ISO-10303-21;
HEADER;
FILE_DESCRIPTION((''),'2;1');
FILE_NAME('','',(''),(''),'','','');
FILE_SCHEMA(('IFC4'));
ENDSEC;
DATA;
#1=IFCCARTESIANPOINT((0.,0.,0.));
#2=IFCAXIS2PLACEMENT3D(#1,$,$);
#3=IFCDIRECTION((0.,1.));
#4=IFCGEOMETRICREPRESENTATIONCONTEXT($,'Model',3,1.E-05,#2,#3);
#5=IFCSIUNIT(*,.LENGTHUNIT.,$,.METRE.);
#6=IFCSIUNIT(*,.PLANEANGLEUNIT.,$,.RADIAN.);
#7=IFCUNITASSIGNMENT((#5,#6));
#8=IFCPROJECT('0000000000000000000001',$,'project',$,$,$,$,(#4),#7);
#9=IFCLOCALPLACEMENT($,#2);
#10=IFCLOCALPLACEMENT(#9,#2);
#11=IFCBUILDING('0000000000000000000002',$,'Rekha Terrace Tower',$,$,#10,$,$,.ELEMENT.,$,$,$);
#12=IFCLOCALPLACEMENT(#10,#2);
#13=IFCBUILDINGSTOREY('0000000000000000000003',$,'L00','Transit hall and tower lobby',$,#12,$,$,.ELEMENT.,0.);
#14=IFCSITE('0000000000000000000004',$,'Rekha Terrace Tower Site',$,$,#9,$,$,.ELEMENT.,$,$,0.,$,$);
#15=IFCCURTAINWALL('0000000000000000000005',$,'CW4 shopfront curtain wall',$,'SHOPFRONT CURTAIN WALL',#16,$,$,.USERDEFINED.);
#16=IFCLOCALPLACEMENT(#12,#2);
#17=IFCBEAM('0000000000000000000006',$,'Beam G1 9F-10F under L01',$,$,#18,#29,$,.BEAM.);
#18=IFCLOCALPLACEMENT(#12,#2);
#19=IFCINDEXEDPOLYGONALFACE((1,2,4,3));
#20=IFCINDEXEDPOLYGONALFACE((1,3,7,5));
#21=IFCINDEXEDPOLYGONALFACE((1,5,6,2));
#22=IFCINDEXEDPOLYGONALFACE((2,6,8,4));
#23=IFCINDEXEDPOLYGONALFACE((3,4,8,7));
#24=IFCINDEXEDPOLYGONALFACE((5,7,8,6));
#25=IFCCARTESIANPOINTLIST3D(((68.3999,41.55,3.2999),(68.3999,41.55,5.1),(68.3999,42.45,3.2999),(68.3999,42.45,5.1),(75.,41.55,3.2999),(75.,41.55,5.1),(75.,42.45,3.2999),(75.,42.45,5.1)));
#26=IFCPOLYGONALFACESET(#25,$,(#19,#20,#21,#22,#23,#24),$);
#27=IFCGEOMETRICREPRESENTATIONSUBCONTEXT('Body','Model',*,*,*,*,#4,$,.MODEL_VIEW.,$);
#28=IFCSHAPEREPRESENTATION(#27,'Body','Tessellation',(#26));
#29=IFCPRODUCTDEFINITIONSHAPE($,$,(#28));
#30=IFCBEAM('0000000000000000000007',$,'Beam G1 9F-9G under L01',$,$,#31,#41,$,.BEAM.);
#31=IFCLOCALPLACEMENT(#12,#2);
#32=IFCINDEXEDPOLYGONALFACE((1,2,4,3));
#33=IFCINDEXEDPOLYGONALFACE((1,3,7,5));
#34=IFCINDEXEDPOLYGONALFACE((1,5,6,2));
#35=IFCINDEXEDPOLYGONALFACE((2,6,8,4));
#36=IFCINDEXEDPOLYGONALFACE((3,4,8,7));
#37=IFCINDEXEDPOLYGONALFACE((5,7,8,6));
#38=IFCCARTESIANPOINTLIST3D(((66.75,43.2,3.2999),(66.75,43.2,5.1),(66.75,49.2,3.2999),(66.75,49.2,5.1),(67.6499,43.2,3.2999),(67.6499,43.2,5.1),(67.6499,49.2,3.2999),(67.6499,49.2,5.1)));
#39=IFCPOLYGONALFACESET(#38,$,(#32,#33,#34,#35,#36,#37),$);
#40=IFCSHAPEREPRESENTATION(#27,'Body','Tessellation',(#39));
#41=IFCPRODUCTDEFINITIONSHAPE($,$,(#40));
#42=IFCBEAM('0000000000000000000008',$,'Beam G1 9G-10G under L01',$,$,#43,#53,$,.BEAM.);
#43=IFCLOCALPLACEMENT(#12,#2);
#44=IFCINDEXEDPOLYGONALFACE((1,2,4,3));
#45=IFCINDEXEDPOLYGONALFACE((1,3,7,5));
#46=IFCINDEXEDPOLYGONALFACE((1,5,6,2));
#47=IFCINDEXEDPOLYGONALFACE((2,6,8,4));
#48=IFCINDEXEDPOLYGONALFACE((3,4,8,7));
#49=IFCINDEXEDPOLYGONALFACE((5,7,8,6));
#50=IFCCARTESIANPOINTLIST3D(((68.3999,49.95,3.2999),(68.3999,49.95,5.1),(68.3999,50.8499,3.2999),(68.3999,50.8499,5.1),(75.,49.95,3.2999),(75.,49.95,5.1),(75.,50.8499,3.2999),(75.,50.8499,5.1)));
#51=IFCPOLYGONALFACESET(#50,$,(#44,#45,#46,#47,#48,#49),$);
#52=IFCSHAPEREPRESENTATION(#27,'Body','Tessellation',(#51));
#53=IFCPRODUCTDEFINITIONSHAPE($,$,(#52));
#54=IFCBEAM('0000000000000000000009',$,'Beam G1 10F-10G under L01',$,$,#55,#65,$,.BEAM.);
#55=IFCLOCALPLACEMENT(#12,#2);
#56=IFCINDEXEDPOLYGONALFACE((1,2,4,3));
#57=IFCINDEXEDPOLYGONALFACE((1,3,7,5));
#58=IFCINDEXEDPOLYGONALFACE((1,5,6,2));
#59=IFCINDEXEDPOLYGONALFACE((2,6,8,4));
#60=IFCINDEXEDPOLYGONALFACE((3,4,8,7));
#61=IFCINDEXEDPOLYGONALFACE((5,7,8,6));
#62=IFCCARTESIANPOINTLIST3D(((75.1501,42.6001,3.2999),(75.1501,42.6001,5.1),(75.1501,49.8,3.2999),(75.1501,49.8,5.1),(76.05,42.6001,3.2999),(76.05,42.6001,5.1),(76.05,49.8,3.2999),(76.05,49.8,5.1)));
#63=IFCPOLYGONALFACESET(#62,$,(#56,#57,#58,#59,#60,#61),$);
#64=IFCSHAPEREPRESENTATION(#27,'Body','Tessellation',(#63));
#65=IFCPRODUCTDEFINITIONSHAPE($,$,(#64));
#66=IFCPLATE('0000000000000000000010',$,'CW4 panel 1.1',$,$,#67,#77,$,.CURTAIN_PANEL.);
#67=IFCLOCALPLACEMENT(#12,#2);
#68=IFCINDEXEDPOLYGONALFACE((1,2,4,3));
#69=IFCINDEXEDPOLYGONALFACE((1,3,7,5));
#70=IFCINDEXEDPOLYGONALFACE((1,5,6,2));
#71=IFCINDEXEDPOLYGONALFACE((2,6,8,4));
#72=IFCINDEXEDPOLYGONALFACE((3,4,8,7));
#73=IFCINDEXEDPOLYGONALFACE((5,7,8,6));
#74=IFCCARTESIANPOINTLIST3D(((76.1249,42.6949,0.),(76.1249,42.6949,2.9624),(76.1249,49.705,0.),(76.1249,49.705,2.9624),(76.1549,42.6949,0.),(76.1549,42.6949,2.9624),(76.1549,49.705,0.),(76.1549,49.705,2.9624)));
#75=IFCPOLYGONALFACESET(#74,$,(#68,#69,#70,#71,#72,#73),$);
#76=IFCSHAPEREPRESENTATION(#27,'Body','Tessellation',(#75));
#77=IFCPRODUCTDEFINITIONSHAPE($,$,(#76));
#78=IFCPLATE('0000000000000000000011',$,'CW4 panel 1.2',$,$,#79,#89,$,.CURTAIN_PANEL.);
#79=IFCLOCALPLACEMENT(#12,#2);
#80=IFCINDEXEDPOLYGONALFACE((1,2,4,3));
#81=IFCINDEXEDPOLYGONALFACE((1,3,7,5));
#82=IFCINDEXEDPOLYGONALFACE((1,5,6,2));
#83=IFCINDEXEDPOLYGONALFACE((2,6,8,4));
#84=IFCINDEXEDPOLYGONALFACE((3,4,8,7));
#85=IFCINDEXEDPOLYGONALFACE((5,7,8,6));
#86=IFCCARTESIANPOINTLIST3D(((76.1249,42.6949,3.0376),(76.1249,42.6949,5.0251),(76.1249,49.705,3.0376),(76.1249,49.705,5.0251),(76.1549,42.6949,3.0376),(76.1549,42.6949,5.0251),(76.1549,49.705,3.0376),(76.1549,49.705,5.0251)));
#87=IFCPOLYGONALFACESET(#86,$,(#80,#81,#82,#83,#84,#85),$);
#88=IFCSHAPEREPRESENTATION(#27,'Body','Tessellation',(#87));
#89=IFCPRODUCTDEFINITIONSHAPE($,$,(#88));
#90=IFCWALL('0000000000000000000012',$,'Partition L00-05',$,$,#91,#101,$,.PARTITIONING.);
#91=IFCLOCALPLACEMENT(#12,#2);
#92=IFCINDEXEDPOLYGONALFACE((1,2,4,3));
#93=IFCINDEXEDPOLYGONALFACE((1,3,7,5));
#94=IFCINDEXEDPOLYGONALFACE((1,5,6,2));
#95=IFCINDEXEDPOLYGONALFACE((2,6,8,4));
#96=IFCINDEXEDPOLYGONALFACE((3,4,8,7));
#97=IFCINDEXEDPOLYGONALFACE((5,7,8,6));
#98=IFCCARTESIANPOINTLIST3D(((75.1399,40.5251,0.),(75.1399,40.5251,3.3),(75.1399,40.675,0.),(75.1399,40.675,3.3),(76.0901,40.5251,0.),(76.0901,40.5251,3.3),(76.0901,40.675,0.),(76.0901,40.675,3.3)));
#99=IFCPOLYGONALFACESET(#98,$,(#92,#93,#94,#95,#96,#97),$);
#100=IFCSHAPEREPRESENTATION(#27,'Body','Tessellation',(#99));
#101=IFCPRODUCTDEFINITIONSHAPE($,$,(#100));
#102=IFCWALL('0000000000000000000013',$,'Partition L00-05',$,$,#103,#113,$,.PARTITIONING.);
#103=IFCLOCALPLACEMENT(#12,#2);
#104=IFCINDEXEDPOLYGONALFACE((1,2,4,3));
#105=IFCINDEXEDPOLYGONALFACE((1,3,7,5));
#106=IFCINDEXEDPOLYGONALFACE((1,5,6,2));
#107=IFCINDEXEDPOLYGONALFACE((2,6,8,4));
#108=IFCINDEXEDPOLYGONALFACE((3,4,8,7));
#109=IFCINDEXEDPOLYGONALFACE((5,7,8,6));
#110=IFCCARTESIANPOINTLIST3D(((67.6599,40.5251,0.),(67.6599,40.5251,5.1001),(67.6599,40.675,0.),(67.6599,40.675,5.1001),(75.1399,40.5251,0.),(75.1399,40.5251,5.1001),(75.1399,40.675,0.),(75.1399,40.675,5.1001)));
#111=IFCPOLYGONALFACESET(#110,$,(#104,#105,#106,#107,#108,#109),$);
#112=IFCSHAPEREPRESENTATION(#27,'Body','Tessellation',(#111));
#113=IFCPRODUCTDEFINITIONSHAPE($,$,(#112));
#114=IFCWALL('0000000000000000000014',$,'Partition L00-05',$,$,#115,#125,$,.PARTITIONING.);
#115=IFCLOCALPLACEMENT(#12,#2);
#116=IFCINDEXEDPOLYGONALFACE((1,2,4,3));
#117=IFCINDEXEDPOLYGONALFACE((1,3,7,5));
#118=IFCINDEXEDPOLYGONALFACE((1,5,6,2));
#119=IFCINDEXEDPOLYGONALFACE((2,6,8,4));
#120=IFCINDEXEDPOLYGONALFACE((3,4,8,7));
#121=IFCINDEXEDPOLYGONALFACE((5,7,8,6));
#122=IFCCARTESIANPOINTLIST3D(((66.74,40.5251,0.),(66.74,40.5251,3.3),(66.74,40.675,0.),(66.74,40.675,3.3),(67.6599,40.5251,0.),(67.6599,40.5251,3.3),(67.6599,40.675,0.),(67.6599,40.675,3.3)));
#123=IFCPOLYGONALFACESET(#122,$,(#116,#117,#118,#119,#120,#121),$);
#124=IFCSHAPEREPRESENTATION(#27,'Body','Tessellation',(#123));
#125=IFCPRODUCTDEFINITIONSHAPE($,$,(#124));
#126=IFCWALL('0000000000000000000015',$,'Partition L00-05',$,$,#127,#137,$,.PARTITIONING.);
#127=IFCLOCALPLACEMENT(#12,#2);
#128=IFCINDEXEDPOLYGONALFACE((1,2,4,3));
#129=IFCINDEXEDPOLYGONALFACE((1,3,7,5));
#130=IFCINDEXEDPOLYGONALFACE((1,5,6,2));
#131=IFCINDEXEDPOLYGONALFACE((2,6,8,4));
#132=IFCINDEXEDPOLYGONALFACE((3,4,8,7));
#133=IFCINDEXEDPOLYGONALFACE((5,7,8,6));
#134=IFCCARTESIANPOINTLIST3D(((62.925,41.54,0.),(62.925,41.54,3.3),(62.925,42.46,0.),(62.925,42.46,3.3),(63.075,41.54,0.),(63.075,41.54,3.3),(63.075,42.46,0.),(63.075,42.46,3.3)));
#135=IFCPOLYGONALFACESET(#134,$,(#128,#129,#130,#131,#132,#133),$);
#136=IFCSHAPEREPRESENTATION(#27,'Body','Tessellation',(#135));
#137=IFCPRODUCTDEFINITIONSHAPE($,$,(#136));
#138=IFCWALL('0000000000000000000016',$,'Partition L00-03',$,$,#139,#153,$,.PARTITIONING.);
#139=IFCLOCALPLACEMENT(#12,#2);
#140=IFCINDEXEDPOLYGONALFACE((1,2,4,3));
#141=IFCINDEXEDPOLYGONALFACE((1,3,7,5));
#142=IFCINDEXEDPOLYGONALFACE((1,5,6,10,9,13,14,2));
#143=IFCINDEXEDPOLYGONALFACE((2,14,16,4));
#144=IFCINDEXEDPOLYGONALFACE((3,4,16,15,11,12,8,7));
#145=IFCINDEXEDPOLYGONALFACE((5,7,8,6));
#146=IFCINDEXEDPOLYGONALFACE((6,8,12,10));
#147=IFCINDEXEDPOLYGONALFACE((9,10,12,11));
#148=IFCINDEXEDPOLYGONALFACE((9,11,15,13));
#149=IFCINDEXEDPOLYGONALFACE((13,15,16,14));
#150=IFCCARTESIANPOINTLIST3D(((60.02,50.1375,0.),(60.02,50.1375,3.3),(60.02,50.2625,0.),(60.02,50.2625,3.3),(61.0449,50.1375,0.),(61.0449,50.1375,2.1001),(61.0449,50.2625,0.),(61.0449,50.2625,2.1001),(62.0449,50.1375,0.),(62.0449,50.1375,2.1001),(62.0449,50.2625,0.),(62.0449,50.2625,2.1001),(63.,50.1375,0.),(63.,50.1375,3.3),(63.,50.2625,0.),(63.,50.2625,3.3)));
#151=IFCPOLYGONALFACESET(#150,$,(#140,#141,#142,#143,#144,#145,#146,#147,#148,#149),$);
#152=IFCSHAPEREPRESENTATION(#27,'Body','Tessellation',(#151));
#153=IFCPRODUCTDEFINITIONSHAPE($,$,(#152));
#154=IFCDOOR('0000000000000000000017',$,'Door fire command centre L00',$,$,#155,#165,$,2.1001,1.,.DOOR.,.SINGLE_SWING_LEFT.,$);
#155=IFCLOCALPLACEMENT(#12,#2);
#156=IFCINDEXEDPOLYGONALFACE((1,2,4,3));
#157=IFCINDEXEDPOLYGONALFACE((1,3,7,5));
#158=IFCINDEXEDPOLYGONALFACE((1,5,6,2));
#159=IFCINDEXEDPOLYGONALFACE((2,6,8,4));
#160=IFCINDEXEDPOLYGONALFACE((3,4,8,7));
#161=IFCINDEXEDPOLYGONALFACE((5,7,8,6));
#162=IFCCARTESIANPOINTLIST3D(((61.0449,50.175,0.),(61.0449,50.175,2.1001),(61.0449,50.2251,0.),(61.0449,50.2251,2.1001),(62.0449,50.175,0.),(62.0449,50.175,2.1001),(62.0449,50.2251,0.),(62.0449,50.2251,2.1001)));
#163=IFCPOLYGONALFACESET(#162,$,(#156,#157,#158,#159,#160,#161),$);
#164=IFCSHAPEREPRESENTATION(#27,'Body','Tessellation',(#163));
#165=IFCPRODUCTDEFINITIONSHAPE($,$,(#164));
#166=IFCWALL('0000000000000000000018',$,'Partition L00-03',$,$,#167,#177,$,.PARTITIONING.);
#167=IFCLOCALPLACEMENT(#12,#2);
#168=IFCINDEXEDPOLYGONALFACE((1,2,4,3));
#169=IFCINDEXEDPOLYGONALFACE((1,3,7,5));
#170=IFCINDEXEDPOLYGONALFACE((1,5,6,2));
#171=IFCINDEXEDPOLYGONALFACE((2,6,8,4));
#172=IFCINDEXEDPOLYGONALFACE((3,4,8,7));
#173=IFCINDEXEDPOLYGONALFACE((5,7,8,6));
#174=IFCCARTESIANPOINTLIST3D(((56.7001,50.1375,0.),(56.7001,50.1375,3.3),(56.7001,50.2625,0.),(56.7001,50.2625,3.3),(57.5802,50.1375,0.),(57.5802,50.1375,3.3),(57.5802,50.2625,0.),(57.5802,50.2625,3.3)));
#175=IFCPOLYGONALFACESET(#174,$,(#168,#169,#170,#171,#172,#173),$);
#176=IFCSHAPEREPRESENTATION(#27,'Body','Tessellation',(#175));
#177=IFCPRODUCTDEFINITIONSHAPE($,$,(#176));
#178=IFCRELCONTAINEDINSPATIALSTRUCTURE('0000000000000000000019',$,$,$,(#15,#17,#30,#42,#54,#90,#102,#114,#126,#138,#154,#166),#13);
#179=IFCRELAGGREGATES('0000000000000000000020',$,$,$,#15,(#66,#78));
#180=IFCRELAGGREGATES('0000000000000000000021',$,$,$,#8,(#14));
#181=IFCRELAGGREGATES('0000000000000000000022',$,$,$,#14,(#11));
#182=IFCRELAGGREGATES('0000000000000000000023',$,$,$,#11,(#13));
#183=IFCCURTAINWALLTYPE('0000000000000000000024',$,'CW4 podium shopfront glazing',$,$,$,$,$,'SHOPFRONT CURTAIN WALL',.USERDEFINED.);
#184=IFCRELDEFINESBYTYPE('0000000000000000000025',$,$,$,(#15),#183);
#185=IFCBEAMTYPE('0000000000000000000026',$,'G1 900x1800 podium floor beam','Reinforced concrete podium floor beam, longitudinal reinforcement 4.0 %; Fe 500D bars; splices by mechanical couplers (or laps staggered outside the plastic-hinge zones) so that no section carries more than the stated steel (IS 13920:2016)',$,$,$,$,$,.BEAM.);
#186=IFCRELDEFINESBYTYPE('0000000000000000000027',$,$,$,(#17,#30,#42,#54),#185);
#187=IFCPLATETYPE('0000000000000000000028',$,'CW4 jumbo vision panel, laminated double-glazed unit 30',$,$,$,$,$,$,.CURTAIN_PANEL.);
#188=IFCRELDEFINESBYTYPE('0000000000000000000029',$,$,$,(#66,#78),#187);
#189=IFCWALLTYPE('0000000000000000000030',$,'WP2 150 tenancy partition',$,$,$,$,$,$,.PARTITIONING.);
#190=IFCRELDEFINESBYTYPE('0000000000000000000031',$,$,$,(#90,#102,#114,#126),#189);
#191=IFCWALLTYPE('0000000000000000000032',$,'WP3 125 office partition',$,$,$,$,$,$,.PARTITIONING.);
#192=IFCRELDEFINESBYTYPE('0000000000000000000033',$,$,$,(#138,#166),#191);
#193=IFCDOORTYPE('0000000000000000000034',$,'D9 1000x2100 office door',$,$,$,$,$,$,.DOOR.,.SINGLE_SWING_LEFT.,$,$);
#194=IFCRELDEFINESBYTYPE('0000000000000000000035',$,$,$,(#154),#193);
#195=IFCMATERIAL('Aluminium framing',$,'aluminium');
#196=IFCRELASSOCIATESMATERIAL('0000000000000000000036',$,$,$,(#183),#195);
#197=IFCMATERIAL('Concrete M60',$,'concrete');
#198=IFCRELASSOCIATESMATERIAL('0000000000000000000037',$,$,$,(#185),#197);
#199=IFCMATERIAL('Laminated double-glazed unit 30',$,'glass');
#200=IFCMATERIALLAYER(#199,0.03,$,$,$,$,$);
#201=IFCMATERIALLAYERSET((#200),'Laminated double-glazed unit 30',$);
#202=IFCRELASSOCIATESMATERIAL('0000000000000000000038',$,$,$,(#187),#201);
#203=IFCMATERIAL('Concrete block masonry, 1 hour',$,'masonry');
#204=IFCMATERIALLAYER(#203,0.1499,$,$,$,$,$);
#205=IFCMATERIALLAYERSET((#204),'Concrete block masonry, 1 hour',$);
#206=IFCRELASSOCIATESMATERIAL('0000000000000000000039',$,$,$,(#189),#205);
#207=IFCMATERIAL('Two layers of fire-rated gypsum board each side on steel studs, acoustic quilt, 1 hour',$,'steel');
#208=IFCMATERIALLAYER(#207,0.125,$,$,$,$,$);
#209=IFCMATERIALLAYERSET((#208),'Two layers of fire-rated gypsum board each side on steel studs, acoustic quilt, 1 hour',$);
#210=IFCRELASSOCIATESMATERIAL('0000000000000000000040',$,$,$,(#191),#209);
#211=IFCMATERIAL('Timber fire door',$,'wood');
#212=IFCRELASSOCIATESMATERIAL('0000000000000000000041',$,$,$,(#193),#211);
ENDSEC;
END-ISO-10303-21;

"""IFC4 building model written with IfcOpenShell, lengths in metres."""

from ifc_helpers import new_model, si_unit, direction, frame, frame_2d, origin, origin_2d, place, context, subcontext, project, spatial, rectangle, extrude, material, layer, layer_set, material_profile, profile_set, type_object, element, fill, aggregate, save


model = new_model("IFC4")

# Units and contexts
model_context = context("Model", 3, precision=1e-05, world=origin(), true_north=direction((0.0, 1.0)))
body_context = subcontext(model_context, "Body", "Model", "MODEL_VIEW")
ifc_project = project(units=[si_unit("LENGTHUNIT", "METRE"), si_unit("PLANEANGLEUNIT", "RADIAN")], contexts=[model_context])

# Site, building, storey
site_placement = place(None, origin())
site = spatial("IfcSite", under=ifc_project, at=site_placement, Name="Rekha Terrace Tower Site", CompositionType="ELEMENT", RefElevation=0.0)
building_placement = place(site_placement, origin())
building = spatial("IfcBuilding", under=site, at=building_placement, Name="Rekha Terrace Tower", CompositionType="ELEMENT")
storey_placement = place(building_placement, origin())
storey = spatial("IfcBuildingStorey", under=building, at=storey_placement, Name="L00", Description="Transit hall and tower lobby", CompositionType="ELEMENT", Elevation=0.0)

# Shared definitions
ifc_material_1 = material(Name="Concrete M60", Category="concrete")

# Shared definitions
ifc_material_2 = material(Name="Aluminium framing", Category="aluminium")
curtain_wall_type = type_object("IfcCurtainWallType", Name="CW4 podium shopfront glazing", ElementType="SHOPFRONT CURTAIN WALL", PredefinedType="USERDEFINED", material=ifc_material_2)

# Curtain wall
curtain_wall_1_placement = place(storey_placement, origin())
curtain_wall_1 = element("IfcCurtainWall", 1, at=curtain_wall_1_placement, inside=storey, type_object=curtain_wall_type, Name="CW4 shopfront curtain wall", ObjectType="SHOPFRONT CURTAIN WALL", PredefinedType="USERDEFINED")

# Beams
ifc_material_profile_1 = material_profile(ifc_material_1, rectangle(XDim=0.8999, YDim=1.8, at=origin_2d()), Name="RC 900x1800")
ifc_profile_set_1 = profile_set([ifc_material_profile_1], Name="Concrete M60")
beam_type = type_object("IfcBeamType", Name="G1 900x1800 podium floor beam", Description="Reinforced concrete podium floor beam, longitudinal reinforcement 4.0 %; Fe 500D bars; splices by mechanical couplers (or laps staggered outside the plastic-hinge zones) so that no section carries more than the stated steel (IS 13920:2016)", PredefinedType="BEAM", material=ifc_profile_set_1)
beam_1_placement = place(storey_placement, frame((68.3999, 42.0, 4.2), z_axis=(1.0, 0.0, 0.0), x_axis=(0.0, 1.0, 0.0)))
element("IfcBeam", 2, at=beam_1_placement, inside=storey, type_object=beam_type, Name="Beam G1 9F-10F under L01", PredefinedType="BEAM", context=body_context, shape_type="SweptSolid", body=[
    extrude(rectangle(XDim=0.8999, YDim=1.8, at=origin_2d()), origin(), (0.0, 0.0, 1.0), 6.6001),
])
beam_2_placement = place(storey_placement, frame((67.2, 43.2, 4.2), z_axis=(0.0, 1.0, 0.0), x_axis=(-1.0, 0.0, 0.0)))
element("IfcBeam", 3, at=beam_2_placement, inside=storey, type_object=beam_type, Name="Beam G1 9F-9G under L01", PredefinedType="BEAM", context=body_context, shape_type="SweptSolid", body=[
    extrude(rectangle(XDim=0.8999, YDim=1.8, at=origin_2d()), origin(), (0.0, 0.0, 1.0), 6.0),
])
beam_3_placement = place(storey_placement, frame((68.3999, 50.3999, 4.2), z_axis=(1.0, 0.0, 0.0), x_axis=(0.0, 1.0, 0.0)))
element("IfcBeam", 4, at=beam_3_placement, inside=storey, type_object=beam_type, Name="Beam G1 9G-10G under L01", PredefinedType="BEAM", context=body_context, shape_type="SweptSolid", body=[
    extrude(rectangle(XDim=0.8999, YDim=1.8, at=origin_2d()), origin(), (0.0, 0.0, 1.0), 6.6001),
])
beam_4_placement = place(storey_placement, frame((75.6001, 42.6001, 4.2), z_axis=(0.0, 1.0, 0.0), x_axis=(-1.0, 0.0, 0.0)))
element("IfcBeam", 5, at=beam_4_placement, inside=storey, type_object=beam_type, Name="Beam G1 10F-10G under L01", PredefinedType="BEAM", context=body_context, shape_type="SweptSolid", body=[
    extrude(rectangle(XDim=0.8999, YDim=1.8, at=origin_2d()), origin(), (0.0, 0.0, 1.0), 7.2),
])

# Plates
ifc_material_3 = material(Name="Laminated double-glazed unit 30", Category="glass")
ifc_layer_1 = layer(ifc_material_3, 0.03)
ifc_layer_set_1 = layer_set([ifc_layer_1], Name="Laminated double-glazed unit 30")
plate_type = type_object("IfcPlateType", Name="CW4 jumbo vision panel, laminated double-glazed unit 30", PredefinedType="CURTAIN_PANEL", material=ifc_layer_set_1)
plate_1_placement = place(storey_placement, frame((76.1399, 46.2, 0.0), z_axis=(0.0, 0.0, 1.0), x_axis=(0.0, 1.0, 0.0)))
plate_1 = element("IfcPlate", 6, at=plate_1_placement, type_object=plate_type, Name="CW4 panel 1.1", PredefinedType="CURTAIN_PANEL", context=body_context, shape_type="SweptSolid", body=[
    extrude(rectangle(XDim=7.01, YDim=0.03, at=origin_2d()), origin(), (0.0, 0.0, 1.0), 2.9624),
])
plate_2_placement = place(storey_placement, frame((76.1399, 46.2, 3.0376), z_axis=(0.0, 0.0, 1.0), x_axis=(0.0, 1.0, 0.0)))
plate_2 = element("IfcPlate", 7, at=plate_2_placement, type_object=plate_type, Name="CW4 panel 1.2", PredefinedType="CURTAIN_PANEL", context=body_context, shape_type="SweptSolid", body=[
    extrude(rectangle(XDim=7.01, YDim=0.03, at=origin_2d()), origin(), (0.0, 0.0, 1.0), 1.9875),
])
aggregate(curtain_wall_1, [plate_1, plate_2])

# Walls
ifc_material_4 = material(Name="Concrete block masonry, 1 hour", Category="masonry")
ifc_layer_2 = layer(ifc_material_4, 0.1499)
ifc_layer_set_2 = layer_set([ifc_layer_2], Name="Concrete block masonry, 1 hour")
wall_type_1 = type_object("IfcWallType", Name="WP2 150 tenancy partition", PredefinedType="PARTITIONING", material=ifc_layer_set_2)
wall_1_placement = place(storey_placement, frame((76.0901, 40.6001, 0.0), z_axis=(0.0, 0.0, 1.0), x_axis=(-1.0, 0.0, 0.0)))
element("IfcWall", 8, at=wall_1_placement, inside=storey, type_object=wall_type_1, Name="Partition L00-05", PredefinedType="PARTITIONING", context=body_context, shape_type="SweptSolid", body=[
    extrude(rectangle(XDim=0.9502, YDim=0.1499, at=frame_2d((0.4751, 0.0))), origin(), (0.0, 0.0, 1.0), 3.3),
])
wall_2_placement = place(storey_placement, frame((75.1399, 40.6001, 0.0), z_axis=(0.0, 0.0, 1.0), x_axis=(-1.0, 0.0, 0.0)))
element("IfcWall", 9, at=wall_2_placement, inside=storey, type_object=wall_type_1, Name="Partition L00-05", PredefinedType="PARTITIONING", context=body_context, shape_type="SweptSolid", body=[
    extrude(rectangle(XDim=7.48, YDim=0.1499, at=frame_2d((3.74, 0.0))), origin(), (0.0, 0.0, 1.0), 5.1001),
])
for number, where, z_axis, x_axis, name in (
    (10, (67.6599, 40.6001, 0.0), (0.0, 0.0, 1.0), (-1.0, 0.0, 0.0), "Partition L00-05"),
    (11, (63.0, 41.54, 0.0), (0.0, 0.0, 1.0), (0.0, 1.0, 0.0), "Partition L00-05"),
):
    element("IfcWall", number, at=place(storey_placement, frame(where, z_axis=z_axis, x_axis=x_axis)), inside=storey, type_object=wall_type_1, Name=name, PredefinedType="PARTITIONING", context=body_context, shape_type="SweptSolid", body=[
        extrude(rectangle(XDim=0.9199, YDim=0.1499, at=frame_2d((0.46, 0.0))), origin(), (0.0, 0.0, 1.0), 3.3),
    ])

# Wall, opening, door
ifc_material_5 = material(Name="Two layers of fire-rated gypsum board each side on steel studs, acoustic quilt, 1 hour", Category="steel")
ifc_layer_3 = layer(ifc_material_5, 0.125)
ifc_layer_set_3 = layer_set([ifc_layer_3], Name="Two layers of fire-rated gypsum board each side on steel studs, acoustic quilt, 1 hour")
wall_type_2 = type_object("IfcWallType", Name="WP3 125 office partition", PredefinedType="PARTITIONING", material=ifc_layer_set_3)
wall_3_placement = place(storey_placement, frame((63.0, 50.2, 0.0), z_axis=(0.0, 0.0, 1.0), x_axis=(-1.0, 0.0, 0.0)))
wall_3 = element("IfcWall", 12, at=wall_3_placement, inside=storey, type_object=wall_type_2, Name="Partition L00-03", PredefinedType="PARTITIONING", context=body_context, shape_type="SweptSolid", body=[
    extrude(rectangle(XDim=2.98, YDim=0.125, at=frame_2d((1.49, 0.0))), origin(), (0.0, 0.0, 1.0), 3.3),
])
opening_1_placement = place(wall_3_placement, frame((0.9551, 0.0, 0.0)))
opening_1 = element("IfcOpeningElement", 13, at=opening_1_placement, cuts=wall_3, PredefinedType="OPENING", context=body_context, shape_type="SweptSolid", body=[
    extrude(rectangle(XDim=1.0, YDim=2.1001, at=frame_2d((0.5, 1.05))), frame((0.0, 0.0725, 0.0), z_axis=(0.0, -1.0, 0.0), x_axis=(1.0, 0.0, 0.0)), (0.0, 0.0, 1.0), 0.145),
])
ifc_material_6 = material(Name="Timber fire door", Category="wood")
door_type_1 = type_object("IfcDoorType", Name="D9 1000x2100 office door", OperationType="SINGLE_SWING_LEFT", PredefinedType="DOOR", material=ifc_material_6)
door_1_placement = place(opening_1_placement, origin())
door_1 = element("IfcDoor", 14, at=door_1_placement, inside=storey, type_object=door_type_1, Name="Door fire command centre L00", OperationType="SINGLE_SWING_LEFT", OverallHeight=2.1001, OverallWidth=1.0, PredefinedType="DOOR", context=body_context, shape_type="SweptSolid", body=[
    extrude(rectangle(XDim=1.0, YDim=2.1001, at=frame_2d((0.5, 1.05))), frame((0.0, 0.0249, 0.0), z_axis=(0.0, -1.0, 0.0), x_axis=(1.0, 0.0, 0.0)), (0.0, 0.0, 1.0), 0.05),
])
fill(opening_1, door_1)

# Wall
wall_4_placement = place(storey_placement, frame((57.5801, 50.2, 0.0), z_axis=(0.0, 0.0, 1.0), x_axis=(-1.0, 0.0, 0.0)))
element("IfcWall", 15, at=wall_4_placement, inside=storey, type_object=wall_type_2, Name="Partition L00-03", PredefinedType="PARTITIONING", context=body_context, shape_type="SweptSolid", body=[
    extrude(rectangle(XDim=0.8801, YDim=0.125, at=frame_2d((0.4399, 0.0))), origin(), (0.0, 0.0, 1.0), 3.3),
])

save(model, "model.ifc")
